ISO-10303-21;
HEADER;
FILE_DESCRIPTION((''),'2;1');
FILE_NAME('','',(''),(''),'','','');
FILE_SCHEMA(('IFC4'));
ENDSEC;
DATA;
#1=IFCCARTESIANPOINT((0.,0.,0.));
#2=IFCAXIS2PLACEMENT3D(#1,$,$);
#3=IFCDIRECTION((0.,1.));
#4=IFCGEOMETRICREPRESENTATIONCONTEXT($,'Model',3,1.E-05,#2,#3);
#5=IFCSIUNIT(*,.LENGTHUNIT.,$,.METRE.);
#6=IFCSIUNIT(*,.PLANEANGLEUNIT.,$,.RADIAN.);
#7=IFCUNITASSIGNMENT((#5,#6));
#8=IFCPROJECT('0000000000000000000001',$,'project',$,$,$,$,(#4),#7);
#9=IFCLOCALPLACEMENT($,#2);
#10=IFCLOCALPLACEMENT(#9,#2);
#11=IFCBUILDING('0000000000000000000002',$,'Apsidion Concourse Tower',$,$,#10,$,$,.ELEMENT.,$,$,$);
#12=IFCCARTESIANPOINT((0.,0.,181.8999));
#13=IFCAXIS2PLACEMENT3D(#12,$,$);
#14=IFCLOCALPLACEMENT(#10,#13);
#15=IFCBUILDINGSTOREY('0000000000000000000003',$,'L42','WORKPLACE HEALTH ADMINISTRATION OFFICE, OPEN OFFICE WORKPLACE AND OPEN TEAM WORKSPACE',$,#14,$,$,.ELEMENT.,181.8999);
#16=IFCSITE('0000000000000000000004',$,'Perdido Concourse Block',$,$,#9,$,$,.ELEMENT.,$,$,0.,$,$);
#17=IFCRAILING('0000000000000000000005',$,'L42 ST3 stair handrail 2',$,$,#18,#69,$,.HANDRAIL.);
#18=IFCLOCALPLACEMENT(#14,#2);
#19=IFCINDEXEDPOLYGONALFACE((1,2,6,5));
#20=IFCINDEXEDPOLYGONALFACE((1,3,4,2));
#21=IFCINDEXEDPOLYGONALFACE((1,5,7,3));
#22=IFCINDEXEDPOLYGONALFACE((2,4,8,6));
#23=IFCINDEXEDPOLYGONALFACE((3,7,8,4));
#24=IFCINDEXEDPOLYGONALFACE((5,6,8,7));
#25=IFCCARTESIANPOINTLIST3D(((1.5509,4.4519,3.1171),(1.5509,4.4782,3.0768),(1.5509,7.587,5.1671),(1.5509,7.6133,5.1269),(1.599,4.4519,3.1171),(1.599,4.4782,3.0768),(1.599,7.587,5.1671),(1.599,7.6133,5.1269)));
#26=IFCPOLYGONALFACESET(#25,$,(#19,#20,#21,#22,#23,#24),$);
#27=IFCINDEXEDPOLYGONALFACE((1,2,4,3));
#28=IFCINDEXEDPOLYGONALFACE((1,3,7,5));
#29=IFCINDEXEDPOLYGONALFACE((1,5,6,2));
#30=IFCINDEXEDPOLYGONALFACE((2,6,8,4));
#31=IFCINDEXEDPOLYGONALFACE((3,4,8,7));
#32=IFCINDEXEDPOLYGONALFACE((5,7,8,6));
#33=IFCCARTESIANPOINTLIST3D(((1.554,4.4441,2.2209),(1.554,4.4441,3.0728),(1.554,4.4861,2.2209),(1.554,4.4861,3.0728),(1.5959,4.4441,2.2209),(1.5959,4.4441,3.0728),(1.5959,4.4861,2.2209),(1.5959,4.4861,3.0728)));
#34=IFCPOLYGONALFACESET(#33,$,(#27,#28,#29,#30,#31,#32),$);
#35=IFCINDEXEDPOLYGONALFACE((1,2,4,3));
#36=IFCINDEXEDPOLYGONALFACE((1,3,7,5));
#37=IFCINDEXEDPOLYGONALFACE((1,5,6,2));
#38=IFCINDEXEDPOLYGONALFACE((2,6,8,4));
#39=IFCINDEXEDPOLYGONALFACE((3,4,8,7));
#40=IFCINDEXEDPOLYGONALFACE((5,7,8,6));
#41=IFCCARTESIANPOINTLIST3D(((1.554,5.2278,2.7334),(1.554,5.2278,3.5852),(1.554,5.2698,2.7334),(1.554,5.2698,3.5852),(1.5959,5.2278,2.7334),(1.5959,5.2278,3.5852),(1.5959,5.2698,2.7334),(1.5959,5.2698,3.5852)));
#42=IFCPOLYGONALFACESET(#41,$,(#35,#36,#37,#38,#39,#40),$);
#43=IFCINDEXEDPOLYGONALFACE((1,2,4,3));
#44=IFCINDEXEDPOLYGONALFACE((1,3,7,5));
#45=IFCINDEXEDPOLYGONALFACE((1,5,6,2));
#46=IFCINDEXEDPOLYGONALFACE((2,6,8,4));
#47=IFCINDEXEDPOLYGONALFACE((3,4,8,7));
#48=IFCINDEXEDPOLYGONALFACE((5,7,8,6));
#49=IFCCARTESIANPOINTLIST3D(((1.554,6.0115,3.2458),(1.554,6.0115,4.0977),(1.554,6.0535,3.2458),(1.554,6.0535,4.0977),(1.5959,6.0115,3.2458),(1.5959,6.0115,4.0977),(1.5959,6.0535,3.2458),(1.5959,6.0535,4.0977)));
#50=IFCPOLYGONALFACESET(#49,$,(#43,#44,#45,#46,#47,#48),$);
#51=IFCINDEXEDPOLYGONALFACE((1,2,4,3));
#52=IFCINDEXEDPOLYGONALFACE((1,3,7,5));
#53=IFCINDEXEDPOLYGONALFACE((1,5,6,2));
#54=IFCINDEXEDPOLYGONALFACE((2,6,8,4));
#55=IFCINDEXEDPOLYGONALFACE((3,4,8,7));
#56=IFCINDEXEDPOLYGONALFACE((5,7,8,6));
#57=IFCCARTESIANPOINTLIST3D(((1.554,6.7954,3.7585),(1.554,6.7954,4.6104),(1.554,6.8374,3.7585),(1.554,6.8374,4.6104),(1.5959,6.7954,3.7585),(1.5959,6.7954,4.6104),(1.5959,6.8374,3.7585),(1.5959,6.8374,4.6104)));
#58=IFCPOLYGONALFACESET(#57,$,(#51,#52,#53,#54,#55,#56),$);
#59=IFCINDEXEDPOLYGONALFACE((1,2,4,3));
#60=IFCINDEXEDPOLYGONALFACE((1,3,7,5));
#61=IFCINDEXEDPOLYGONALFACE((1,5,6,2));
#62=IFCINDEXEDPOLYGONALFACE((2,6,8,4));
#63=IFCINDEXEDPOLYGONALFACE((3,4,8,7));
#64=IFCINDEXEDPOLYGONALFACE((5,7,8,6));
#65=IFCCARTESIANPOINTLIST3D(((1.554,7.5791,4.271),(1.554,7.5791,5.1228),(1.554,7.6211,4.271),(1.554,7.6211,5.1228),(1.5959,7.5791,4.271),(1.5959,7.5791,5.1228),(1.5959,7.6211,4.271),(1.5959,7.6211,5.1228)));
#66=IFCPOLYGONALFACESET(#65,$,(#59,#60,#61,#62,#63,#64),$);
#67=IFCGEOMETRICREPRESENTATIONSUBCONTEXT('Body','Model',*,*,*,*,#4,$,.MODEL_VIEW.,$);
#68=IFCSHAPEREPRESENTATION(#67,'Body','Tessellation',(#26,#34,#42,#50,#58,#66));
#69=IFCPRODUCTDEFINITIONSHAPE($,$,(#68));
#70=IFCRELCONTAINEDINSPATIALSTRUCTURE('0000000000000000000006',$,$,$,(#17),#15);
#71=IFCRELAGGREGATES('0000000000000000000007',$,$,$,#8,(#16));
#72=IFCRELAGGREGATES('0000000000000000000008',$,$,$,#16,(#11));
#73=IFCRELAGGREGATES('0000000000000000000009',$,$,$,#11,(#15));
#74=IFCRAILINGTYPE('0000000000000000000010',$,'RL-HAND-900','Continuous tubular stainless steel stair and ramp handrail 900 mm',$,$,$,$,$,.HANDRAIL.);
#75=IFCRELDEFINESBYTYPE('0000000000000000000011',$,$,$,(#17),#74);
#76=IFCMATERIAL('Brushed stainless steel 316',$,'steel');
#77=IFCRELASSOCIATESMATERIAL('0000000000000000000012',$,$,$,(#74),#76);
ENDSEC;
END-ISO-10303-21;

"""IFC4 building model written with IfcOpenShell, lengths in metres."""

from ifc_helpers import new_model, si_unit, direction, frame, origin, origin_2d, place, context, subcontext, project, spatial, rectangle, extrude, material, type_object, element, save


model = new_model("IFC4")

# Units and contexts
model_context = context("Model", 3, precision=1e-05, world=origin(), true_north=direction((0.0, 1.0)))
body_context = subcontext(model_context, "Body", "Model", "MODEL_VIEW")
ifc_project = project(units=[si_unit("LENGTHUNIT", "METRE"), si_unit("PLANEANGLEUNIT", "RADIAN")], contexts=[model_context])

# Site, building, storey
site_placement = place(None, origin())
site = spatial("IfcSite", under=ifc_project, at=site_placement, Name="Perdido Concourse Block", CompositionType="ELEMENT", RefElevation=0.0)
building_placement = place(site_placement, origin())
building = spatial("IfcBuilding", under=site, at=building_placement, Name="Apsidion Concourse Tower", CompositionType="ELEMENT")
storey_placement = place(building_placement, frame((0.0, 0.0, 181.8999)))
storey = spatial("IfcBuildingStorey", under=building, at=storey_placement, Name="L42", Description="WORKPLACE HEALTH ADMINISTRATION OFFICE, OPEN OFFICE WORKPLACE AND OPEN TEAM WORKSPACE", CompositionType="ELEMENT", Elevation=181.8999)

# Railing
ifc_material_1 = material(Name="Brushed stainless steel 316", Category="steel")
railing_type_1 = type_object("IfcRailingType", Name="RL-HAND-900", Description="Continuous tubular stainless steel stair and ramp handrail 900 mm", PredefinedType="HANDRAIL", material=ifc_material_1)
railing_1_placement = place(storey_placement, frame((1.575, 4.4651, 2.2209)))
element("IfcRailing", 1, at=railing_1_placement, inside=storey, type_object=railing_type_1, Name="L42 ST3 stair handrail 2", PredefinedType="HANDRAIL", context=body_context, shape_type="SweptSolid", body=[
    extrude(rectangle(XDim=0.0481, YDim=0.0481, at=origin_2d()), frame((0.0, 0.0, 0.876), z_axis=(0.0, 0.836941, 0.547293), x_axis=(-1.0, 0.0, 0.0)), (0.0, 0.0, 1.0), 3.7458),
    extrude(rectangle(XDim=0.042, YDim=0.042, at=origin_2d()), origin(), (0.0, 0.0, 1.0), 0.8518),
    extrude(rectangle(XDim=0.042, YDim=0.042, at=origin_2d()), frame((0.0, 0.7837, 0.5125)), (0.0, 0.0, 1.0), 0.8518),
    extrude(rectangle(XDim=0.042, YDim=0.042, at=origin_2d()), frame((0.0, 1.5674, 1.0249)), (0.0, 0.0, 1.0), 0.8518),
    extrude(rectangle(XDim=0.042, YDim=0.042, at=origin_2d()), frame((0.0, 2.3513, 1.5376)), (0.0, 0.0, 1.0), 0.8518),
    extrude(rectangle(XDim=0.042, YDim=0.042, at=origin_2d()), frame((0.0, 3.135, 2.05)), (0.0, 0.0, 1.0), 0.8518),
])

save(model, "model.ifc")
